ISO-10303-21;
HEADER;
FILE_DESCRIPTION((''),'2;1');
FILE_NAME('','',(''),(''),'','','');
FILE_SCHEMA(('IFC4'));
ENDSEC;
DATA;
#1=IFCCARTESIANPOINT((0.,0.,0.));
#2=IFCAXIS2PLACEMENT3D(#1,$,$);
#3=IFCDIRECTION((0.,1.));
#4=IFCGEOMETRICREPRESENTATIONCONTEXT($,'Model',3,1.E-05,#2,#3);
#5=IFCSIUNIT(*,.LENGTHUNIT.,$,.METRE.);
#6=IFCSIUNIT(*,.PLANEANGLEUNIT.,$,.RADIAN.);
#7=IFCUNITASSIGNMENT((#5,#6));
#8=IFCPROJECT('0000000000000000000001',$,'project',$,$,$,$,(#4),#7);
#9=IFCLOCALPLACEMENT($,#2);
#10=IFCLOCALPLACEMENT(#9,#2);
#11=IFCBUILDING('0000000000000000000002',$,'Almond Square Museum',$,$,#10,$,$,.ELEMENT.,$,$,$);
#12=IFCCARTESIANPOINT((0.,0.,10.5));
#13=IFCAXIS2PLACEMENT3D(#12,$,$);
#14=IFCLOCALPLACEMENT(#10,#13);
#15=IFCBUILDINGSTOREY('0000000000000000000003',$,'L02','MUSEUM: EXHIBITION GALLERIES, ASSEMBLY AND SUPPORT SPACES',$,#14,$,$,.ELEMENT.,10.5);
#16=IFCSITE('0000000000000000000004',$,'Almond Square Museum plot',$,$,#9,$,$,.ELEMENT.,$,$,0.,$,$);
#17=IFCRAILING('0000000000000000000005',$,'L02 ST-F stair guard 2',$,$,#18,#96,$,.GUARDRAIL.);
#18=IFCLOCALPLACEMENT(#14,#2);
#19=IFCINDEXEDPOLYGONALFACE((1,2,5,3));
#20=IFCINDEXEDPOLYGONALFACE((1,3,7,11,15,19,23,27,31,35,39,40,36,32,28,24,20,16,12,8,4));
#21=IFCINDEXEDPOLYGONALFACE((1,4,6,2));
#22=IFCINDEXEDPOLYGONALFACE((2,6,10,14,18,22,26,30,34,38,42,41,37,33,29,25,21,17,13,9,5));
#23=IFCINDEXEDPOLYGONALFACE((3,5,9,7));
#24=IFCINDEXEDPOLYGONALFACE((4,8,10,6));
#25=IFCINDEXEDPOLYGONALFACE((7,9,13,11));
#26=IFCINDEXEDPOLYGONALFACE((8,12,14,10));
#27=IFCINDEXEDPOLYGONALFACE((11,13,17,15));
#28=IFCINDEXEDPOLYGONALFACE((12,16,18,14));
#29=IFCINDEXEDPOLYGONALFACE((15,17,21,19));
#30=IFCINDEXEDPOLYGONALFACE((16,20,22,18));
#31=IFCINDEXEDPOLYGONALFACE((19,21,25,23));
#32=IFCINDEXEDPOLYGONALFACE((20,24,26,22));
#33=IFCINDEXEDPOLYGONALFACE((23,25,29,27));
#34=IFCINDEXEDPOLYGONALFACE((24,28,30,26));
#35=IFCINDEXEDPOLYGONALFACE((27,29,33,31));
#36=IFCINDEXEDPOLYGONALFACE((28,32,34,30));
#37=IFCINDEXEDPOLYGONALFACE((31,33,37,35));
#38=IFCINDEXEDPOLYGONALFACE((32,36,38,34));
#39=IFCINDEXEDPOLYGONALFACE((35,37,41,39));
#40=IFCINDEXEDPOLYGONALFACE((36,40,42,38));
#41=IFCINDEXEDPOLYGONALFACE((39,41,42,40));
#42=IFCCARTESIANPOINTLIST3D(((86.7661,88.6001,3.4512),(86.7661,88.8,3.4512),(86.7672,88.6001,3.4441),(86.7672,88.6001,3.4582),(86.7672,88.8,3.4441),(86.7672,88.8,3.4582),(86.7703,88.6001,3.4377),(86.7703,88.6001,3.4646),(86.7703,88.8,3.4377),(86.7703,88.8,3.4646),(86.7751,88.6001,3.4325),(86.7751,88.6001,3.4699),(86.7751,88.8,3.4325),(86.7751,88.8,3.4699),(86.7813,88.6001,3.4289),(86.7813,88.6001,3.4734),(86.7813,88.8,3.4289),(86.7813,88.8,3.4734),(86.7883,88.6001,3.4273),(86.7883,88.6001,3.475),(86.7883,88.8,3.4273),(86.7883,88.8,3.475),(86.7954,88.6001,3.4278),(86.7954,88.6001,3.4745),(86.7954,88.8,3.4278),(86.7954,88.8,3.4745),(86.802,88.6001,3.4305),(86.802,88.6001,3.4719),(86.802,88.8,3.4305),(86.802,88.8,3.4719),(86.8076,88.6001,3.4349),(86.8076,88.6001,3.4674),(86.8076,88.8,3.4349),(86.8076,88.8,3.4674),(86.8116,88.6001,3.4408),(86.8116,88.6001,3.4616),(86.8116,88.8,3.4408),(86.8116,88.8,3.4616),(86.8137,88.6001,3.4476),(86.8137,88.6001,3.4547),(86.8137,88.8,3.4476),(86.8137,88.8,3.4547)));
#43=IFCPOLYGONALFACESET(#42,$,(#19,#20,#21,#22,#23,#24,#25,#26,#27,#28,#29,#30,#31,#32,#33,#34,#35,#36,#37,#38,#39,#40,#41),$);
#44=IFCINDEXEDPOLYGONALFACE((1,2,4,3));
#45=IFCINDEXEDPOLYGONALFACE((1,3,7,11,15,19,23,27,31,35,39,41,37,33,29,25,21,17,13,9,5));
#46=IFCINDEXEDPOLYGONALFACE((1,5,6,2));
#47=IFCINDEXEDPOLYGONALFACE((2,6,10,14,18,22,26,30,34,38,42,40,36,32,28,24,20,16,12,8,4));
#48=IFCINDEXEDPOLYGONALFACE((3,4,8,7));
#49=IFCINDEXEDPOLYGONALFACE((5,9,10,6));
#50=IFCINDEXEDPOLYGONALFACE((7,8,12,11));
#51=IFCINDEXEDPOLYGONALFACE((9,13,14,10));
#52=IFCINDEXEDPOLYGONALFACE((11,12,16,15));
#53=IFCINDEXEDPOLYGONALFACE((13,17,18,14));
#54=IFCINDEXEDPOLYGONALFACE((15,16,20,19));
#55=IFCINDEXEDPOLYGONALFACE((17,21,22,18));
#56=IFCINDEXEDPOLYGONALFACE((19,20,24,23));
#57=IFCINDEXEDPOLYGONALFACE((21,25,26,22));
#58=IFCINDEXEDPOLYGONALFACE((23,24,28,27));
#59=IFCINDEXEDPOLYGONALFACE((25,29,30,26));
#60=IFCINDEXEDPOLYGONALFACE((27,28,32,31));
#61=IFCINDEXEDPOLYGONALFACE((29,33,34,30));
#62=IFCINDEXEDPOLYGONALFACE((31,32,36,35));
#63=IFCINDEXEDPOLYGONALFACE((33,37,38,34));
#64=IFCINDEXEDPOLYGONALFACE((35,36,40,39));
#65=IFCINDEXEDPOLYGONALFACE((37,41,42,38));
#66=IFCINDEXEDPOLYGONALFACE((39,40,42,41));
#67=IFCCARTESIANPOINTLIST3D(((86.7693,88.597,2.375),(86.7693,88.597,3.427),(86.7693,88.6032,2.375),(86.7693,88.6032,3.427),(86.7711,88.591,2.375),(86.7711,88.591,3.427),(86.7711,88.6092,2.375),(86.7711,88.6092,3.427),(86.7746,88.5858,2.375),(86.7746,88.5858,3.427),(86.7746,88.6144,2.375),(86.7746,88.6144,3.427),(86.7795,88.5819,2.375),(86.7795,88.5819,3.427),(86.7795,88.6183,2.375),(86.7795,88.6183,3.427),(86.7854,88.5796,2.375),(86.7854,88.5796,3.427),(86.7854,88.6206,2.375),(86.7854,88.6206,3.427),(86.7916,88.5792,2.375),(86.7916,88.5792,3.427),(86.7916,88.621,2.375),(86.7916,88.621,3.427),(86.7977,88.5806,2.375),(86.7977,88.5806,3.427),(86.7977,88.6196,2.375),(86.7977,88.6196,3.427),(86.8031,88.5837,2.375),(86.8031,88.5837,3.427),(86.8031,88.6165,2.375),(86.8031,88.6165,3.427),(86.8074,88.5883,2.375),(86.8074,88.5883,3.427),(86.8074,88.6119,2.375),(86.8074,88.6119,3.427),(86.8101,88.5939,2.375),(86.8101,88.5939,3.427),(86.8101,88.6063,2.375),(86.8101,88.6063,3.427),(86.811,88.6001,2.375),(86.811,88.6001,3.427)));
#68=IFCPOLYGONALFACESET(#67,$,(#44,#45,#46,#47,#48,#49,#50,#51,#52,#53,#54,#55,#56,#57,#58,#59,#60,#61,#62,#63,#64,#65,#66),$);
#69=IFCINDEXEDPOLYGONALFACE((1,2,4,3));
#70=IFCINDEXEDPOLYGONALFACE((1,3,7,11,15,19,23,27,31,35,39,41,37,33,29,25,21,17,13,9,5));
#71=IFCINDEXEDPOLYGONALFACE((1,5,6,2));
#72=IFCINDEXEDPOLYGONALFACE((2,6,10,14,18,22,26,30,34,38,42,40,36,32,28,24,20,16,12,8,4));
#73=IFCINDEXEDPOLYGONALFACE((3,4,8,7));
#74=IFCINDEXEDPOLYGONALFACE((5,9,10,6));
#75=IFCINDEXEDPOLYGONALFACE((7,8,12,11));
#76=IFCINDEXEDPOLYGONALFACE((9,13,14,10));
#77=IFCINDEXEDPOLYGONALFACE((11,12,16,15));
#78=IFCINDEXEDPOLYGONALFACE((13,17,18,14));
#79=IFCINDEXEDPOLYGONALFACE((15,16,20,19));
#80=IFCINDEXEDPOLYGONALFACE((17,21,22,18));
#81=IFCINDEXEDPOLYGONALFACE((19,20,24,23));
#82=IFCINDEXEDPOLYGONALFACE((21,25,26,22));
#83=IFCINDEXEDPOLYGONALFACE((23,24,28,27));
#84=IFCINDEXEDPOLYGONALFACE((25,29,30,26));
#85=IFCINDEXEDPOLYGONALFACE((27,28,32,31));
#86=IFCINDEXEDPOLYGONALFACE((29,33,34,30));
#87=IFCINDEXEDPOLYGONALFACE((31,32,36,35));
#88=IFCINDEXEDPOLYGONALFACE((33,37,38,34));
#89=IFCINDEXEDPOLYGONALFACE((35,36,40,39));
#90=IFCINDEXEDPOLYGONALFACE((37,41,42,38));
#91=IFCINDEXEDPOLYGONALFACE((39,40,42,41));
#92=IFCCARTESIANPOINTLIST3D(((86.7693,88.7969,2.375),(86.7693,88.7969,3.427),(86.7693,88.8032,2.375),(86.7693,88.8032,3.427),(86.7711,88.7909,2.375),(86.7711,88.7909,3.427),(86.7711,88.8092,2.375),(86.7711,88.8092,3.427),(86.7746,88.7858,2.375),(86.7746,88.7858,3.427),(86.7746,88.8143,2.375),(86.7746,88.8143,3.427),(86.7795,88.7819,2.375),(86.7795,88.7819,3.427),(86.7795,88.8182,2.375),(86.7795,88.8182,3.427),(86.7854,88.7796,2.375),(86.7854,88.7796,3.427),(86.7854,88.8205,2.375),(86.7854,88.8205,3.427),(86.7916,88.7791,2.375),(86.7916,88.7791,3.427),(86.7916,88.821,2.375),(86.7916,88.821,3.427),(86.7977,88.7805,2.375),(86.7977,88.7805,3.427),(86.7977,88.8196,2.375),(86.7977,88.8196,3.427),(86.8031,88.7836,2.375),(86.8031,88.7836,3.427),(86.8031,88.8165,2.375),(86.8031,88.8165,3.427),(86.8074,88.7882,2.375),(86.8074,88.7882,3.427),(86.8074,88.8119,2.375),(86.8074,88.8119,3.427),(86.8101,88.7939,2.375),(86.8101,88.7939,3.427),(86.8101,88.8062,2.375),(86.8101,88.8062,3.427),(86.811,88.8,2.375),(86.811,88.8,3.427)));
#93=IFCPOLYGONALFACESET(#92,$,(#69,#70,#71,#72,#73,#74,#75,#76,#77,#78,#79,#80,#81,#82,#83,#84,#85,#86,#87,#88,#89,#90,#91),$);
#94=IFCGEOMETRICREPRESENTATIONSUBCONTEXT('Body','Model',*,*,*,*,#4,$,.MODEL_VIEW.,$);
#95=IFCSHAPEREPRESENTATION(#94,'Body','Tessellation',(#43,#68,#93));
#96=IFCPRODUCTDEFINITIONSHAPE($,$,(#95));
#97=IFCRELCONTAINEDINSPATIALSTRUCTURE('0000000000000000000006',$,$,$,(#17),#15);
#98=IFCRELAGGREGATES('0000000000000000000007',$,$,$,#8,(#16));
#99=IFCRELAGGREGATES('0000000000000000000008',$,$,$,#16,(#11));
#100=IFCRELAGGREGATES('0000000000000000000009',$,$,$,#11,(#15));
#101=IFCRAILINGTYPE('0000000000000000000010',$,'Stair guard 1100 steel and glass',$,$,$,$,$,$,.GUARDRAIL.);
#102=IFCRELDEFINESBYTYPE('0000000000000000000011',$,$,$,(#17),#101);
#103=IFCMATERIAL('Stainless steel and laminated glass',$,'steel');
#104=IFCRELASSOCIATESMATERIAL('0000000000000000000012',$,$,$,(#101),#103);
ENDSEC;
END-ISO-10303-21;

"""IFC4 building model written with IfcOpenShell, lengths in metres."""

from ifc_helpers import new_model, si_unit, direction, frame, origin, origin_2d, place, context, subcontext, project, spatial, circle, extrude, material, type_object, element, save


model = new_model("IFC4")

# Units and contexts
model_context = context("Model", 3, precision=1e-05, world=origin(), true_north=direction((0.0, 1.0)))
body_context = subcontext(model_context, "Body", "Model", "MODEL_VIEW")
ifc_project = project(units=[si_unit("LENGTHUNIT", "METRE"), si_unit("PLANEANGLEUNIT", "RADIAN")], contexts=[model_context])

# Site, building, storey
site_placement = place(None, origin())
site = spatial("IfcSite", under=ifc_project, at=site_placement, Name="Almond Square Museum plot", CompositionType="ELEMENT", RefElevation=0.0)
building_placement = place(site_placement, origin())
building = spatial("IfcBuilding", under=site, at=building_placement, Name="Almond Square Museum", CompositionType="ELEMENT")
storey_placement = place(building_placement, frame((0.0, 0.0, 10.5)))
storey = spatial("IfcBuildingStorey", under=building, at=storey_placement, Name="L02", Description="MUSEUM: EXHIBITION GALLERIES, ASSEMBLY AND SUPPORT SPACES", CompositionType="ELEMENT", Elevation=10.5)

# Railing
ifc_material_1 = material(Name="Stainless steel and laminated glass", Category="steel")
railing_type_1 = type_object("IfcRailingType", Name="Stair guard 1100 steel and glass", PredefinedType="GUARDRAIL", material=ifc_material_1)
railing_1_placement = place(storey_placement, frame((86.79, 88.6001, 2.375)))
element("IfcRailing", 1, at=railing_1_placement, inside=storey, type_object=railing_type_1, Name="L02 ST-F stair guard 2", PredefinedType="GUARDRAIL", context=body_context, shape_type="SweptSolid", body=[
    extrude(circle(Radius=0.0239, at=origin_2d()), frame((0.0, 0.0, 1.0762), z_axis=(0.0, 1.0, 0.0), x_axis=(-1.0, 0.0, 0.0)), (0.0, 0.0, 1.0), 0.2),
    extrude(circle(Radius=0.021, at=origin_2d()), origin(), (0.0, 0.0, 1.0), 1.052),
    extrude(circle(Radius=0.021, at=origin_2d()), frame((0.0, 0.2, 0.0)), (0.0, 0.0, 1.0), 1.052),
])

save(model, "model.ifc")
